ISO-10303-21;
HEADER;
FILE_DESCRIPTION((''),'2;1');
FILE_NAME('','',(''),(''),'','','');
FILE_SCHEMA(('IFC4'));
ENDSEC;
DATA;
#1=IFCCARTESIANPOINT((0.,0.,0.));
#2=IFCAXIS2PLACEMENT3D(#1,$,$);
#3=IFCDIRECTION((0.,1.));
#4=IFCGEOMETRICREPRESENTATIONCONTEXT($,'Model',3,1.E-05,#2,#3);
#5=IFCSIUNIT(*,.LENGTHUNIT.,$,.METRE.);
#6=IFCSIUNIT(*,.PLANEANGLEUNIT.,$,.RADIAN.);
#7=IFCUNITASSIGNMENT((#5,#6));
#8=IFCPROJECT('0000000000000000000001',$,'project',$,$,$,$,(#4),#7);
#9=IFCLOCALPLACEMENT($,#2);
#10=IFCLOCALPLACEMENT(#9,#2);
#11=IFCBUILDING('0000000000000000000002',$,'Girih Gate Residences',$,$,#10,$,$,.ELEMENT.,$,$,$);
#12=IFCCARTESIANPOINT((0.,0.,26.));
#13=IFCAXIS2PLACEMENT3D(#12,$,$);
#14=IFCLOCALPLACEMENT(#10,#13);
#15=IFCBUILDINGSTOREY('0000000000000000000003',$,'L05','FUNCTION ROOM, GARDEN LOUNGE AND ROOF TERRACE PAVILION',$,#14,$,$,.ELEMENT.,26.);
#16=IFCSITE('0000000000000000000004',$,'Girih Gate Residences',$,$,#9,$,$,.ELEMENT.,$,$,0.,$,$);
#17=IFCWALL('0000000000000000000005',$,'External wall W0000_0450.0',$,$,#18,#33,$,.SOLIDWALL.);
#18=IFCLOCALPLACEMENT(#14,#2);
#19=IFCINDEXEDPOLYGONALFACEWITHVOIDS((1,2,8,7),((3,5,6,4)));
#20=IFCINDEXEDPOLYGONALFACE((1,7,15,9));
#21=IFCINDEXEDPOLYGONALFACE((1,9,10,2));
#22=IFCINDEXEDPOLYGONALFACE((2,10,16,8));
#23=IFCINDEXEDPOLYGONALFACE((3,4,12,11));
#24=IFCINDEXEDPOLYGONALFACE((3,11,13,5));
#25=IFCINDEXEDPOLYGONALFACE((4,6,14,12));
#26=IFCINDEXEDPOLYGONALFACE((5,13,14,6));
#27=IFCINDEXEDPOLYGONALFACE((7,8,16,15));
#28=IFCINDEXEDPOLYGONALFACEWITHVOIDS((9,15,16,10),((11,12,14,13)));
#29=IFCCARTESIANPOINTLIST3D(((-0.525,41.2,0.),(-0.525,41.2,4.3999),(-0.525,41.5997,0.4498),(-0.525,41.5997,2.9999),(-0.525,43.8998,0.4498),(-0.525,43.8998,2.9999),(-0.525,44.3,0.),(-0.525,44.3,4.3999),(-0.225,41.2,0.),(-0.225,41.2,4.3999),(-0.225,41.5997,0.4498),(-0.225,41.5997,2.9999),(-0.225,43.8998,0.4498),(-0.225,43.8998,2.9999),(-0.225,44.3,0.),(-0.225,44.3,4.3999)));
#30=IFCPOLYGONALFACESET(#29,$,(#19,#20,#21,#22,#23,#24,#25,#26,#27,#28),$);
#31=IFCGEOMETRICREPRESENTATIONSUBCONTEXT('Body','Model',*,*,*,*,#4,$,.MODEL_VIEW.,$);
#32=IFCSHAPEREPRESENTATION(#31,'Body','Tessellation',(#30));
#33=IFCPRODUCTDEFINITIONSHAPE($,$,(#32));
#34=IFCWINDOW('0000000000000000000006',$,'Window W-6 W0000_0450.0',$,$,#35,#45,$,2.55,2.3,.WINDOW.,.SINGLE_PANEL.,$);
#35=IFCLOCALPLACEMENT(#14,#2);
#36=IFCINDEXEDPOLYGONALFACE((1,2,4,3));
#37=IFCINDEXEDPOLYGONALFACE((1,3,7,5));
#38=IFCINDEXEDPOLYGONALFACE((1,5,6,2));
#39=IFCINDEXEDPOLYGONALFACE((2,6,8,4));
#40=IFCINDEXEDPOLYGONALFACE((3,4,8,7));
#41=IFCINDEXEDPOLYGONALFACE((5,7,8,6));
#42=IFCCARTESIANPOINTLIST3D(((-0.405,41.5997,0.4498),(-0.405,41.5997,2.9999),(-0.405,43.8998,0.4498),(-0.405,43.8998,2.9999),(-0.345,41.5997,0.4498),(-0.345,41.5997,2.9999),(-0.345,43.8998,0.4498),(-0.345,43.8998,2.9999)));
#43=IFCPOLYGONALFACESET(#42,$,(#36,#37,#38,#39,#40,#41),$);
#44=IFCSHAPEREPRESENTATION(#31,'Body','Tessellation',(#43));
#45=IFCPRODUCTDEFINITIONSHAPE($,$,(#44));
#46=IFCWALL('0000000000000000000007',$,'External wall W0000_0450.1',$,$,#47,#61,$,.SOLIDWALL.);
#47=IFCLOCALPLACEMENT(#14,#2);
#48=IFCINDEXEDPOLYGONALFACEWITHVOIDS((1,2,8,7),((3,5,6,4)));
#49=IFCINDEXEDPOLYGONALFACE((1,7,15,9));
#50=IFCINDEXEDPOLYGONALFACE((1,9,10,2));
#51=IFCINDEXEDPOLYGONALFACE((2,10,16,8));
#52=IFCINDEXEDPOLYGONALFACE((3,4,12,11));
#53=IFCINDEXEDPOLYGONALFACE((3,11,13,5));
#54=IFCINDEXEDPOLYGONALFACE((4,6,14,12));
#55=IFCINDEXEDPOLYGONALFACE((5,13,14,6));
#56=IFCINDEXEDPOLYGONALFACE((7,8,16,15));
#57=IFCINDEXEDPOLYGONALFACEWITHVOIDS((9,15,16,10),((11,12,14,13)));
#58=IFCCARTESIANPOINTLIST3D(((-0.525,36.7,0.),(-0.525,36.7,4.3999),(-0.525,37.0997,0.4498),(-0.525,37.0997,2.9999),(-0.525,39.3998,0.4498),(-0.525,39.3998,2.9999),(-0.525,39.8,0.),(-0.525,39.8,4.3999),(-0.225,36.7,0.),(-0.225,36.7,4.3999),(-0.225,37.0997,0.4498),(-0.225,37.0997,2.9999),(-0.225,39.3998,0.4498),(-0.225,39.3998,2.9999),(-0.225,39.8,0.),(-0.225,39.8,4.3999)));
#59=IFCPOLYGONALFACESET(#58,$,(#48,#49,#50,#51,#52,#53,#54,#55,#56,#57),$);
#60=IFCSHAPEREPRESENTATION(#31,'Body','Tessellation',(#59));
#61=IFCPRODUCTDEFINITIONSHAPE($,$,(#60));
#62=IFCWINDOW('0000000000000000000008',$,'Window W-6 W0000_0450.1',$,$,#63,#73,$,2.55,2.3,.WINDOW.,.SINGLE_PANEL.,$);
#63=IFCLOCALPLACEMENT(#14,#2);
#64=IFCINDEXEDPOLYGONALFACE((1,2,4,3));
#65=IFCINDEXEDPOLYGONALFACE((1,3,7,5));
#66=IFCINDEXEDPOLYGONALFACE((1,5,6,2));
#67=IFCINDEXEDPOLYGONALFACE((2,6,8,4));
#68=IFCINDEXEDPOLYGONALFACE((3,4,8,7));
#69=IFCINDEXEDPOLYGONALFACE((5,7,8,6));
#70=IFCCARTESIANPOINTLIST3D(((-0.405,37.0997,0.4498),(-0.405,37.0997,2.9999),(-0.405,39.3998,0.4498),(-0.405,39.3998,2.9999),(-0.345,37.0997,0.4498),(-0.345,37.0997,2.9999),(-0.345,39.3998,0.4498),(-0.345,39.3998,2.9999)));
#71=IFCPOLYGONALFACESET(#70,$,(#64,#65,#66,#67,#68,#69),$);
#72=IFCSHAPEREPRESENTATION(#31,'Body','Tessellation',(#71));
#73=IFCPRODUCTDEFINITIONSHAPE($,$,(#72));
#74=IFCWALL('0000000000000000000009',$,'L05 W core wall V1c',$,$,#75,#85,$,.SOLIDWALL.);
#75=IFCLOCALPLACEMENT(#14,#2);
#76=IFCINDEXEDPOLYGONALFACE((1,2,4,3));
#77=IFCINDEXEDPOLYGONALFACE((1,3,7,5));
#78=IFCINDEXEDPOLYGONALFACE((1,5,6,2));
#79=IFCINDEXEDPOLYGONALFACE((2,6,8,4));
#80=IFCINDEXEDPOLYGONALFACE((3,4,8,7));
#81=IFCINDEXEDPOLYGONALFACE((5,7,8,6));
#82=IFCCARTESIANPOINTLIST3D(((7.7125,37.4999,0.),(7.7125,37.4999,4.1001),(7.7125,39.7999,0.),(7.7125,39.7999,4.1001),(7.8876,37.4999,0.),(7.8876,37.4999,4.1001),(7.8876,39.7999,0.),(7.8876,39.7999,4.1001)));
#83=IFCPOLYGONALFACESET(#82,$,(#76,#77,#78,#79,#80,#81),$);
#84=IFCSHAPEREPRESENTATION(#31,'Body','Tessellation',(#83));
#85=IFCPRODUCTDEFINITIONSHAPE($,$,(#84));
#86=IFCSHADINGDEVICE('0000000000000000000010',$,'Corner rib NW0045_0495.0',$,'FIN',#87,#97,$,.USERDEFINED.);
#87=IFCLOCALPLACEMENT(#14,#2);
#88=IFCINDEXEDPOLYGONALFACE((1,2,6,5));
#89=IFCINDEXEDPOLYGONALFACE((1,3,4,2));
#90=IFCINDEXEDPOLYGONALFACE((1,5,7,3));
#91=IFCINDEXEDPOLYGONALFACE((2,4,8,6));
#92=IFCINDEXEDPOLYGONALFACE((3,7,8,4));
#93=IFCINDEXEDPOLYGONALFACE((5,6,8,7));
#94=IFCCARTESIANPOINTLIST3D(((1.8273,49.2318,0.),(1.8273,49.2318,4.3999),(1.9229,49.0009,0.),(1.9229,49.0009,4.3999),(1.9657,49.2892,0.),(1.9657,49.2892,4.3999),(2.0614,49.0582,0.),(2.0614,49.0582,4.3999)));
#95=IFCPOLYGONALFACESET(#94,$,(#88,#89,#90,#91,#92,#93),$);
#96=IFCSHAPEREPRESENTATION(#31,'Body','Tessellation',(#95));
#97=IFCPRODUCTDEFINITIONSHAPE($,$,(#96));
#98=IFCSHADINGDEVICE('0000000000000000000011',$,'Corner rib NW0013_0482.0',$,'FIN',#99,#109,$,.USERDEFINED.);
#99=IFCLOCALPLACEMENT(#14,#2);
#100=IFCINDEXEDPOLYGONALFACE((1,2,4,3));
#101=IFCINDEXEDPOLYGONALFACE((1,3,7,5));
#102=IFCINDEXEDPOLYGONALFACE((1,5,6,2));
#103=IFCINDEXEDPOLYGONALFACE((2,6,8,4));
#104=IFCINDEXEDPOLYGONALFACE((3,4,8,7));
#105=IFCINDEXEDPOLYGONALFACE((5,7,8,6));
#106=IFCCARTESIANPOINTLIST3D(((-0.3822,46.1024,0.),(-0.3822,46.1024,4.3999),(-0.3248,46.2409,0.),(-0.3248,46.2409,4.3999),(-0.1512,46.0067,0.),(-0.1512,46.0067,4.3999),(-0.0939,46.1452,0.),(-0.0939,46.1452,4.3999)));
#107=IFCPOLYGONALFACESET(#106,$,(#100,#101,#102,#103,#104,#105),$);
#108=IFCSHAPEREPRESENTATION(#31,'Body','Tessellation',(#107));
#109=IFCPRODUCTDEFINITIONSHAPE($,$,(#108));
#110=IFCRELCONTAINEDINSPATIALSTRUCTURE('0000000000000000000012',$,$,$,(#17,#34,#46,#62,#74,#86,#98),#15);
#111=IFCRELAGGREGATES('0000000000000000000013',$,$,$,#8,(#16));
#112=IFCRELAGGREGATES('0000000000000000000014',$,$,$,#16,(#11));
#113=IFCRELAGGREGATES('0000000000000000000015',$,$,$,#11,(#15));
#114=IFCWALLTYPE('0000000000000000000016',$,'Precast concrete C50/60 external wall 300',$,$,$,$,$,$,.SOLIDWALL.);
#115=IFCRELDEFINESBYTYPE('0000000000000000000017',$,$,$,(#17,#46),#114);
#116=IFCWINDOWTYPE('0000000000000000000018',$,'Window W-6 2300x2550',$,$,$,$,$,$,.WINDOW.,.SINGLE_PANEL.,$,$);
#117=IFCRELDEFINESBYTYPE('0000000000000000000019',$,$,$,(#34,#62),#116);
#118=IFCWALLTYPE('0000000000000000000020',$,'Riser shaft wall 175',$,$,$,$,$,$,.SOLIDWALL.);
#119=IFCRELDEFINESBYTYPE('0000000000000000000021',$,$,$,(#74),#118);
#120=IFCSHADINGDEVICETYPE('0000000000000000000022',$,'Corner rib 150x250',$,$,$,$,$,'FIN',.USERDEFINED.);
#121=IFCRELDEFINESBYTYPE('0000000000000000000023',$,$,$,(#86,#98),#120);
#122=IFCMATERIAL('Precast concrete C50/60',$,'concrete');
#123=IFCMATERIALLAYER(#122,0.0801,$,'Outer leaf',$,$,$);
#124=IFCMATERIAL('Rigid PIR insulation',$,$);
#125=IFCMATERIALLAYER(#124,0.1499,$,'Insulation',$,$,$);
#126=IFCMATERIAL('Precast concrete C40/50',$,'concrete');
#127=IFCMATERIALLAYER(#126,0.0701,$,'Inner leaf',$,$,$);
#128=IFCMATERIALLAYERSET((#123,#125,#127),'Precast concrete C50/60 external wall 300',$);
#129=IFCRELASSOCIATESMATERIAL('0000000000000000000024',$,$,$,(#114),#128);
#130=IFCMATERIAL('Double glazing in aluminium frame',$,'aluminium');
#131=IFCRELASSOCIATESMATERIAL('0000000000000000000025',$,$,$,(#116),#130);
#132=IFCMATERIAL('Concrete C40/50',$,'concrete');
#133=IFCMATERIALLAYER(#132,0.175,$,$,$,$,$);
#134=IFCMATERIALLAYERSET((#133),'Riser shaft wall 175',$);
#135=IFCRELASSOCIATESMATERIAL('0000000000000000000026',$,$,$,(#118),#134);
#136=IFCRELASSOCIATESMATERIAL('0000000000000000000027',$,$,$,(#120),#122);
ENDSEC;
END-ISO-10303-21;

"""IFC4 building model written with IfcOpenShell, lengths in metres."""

from ifc_helpers import new_model, si_unit, direction, frame, frame_2d, origin, origin_2d, place, context, subcontext, project, spatial, rectangle, extrude, material, layer, layer_set, type_object, element, fill, save


model = new_model("IFC4")

# Units and contexts
model_context = context("Model", 3, precision=1e-05, world=origin(), true_north=direction((0.0, 1.0)))
body_context = subcontext(model_context, "Body", "Model", "MODEL_VIEW")
ifc_project = project(units=[si_unit("LENGTHUNIT", "METRE"), si_unit("PLANEANGLEUNIT", "RADIAN")], contexts=[model_context])

# Site, building, storey
site_placement = place(None, origin())
site = spatial("IfcSite", under=ifc_project, at=site_placement, Name="Girih Gate Residences", CompositionType="ELEMENT", RefElevation=0.0)
building_placement = place(site_placement, origin())
building = spatial("IfcBuilding", under=site, at=building_placement, Name="Girih Gate Residences", CompositionType="ELEMENT")
storey_placement = place(building_placement, frame((0.0, 0.0, 26.0)))
storey = spatial("IfcBuildingStorey", under=building, at=storey_placement, Name="L05", Description="FUNCTION ROOM, GARDEN LOUNGE AND ROOF TERRACE PAVILION", CompositionType="ELEMENT", Elevation=26.0)

# Shared definitions
ifc_material_1 = material(Name="Concrete C40/50", Category="concrete")

# Walls, openings, windows
ifc_material_2 = material(Name="Precast concrete C50/60", Category="concrete")
ifc_layer_1 = layer(ifc_material_2, 0.0801, Name="Outer leaf")
ifc_material_3 = material(Name="Rigid PIR insulation")
ifc_layer_2 = layer(ifc_material_3, 0.1499, Name="Insulation")
ifc_material_4 = material(Name="Precast concrete C40/50", Category="concrete")
ifc_layer_3 = layer(ifc_material_4, 0.0701, Name="Inner leaf")
ifc_layer_set_1 = layer_set([ifc_layer_1, ifc_layer_2, ifc_layer_3], Name="Precast concrete C50/60 external wall 300")
wall_type_1 = type_object("IfcWallType", Name="Precast concrete C50/60 external wall 300", PredefinedType="SOLIDWALL", material=ifc_layer_set_1)
ifc_material_5 = material(Name="Double glazing in aluminium frame", Category="aluminium")
window_type_1 = type_object("IfcWindowType", Name="Window W-6 2300x2550", PartitioningType="SINGLE_PANEL", PredefinedType="WINDOW", material=ifc_material_5)
wall_1_placement = place(storey_placement, frame((-0.375, 41.2, 0.0), z_axis=(0.0, 0.0, 1.0), x_axis=(0.0, 1.0, 0.0)))
wall_1 = element("IfcWall", 1, at=wall_1_placement, inside=storey, type_object=wall_type_1, Name="External wall W0000_0450.0", PredefinedType="SOLIDWALL", context=body_context, shape_type="SweptSolid", body=[
    extrude(rectangle(XDim=3.1001, YDim=0.3, at=frame_2d((1.55, 0.0))), origin(), (0.0, 0.0, 1.0), 4.3999),
])
opening_1_placement = place(wall_1_placement, frame((0.3999, 0.0, 0.45)))
opening_1 = element("IfcOpeningElement", 2, at=opening_1_placement, cuts=wall_1, PredefinedType="OPENING", context=body_context, shape_type="SweptSolid", body=[
    extrude(rectangle(XDim=2.3, YDim=2.55, at=frame_2d((1.1499, 1.2749))), frame((0.0, 0.1599, 0.0), z_axis=(0.0, -1.0, 0.0), x_axis=(1.0, 0.0, 0.0)), (0.0, 0.0, 1.0), 0.3201),
])
window_1_placement = place(opening_1_placement, origin())
window_1 = element("IfcWindow", 3, at=window_1_placement, inside=storey, type_object=window_type_1, Name="Window W-6 W0000_0450.0", OverallHeight=2.55, OverallWidth=2.3, PartitioningType="SINGLE_PANEL", PredefinedType="WINDOW", context=body_context, shape_type="SweptSolid", body=[
    extrude(rectangle(XDim=2.3, YDim=2.55, at=frame_2d((1.1499, 1.2749))), frame((0.0, 0.03, 0.0), z_axis=(0.0, -1.0, 0.0), x_axis=(1.0, 0.0, 0.0)), (0.0, 0.0, 1.0), 0.0601),
])
fill(opening_1, window_1)
wall_2_placement = place(storey_placement, frame((-0.375, 36.7, 0.0), z_axis=(0.0, 0.0, 1.0), x_axis=(0.0, 1.0, 0.0)))
wall_2 = element("IfcWall", 4, at=wall_2_placement, inside=storey, type_object=wall_type_1, Name="External wall W0000_0450.1", PredefinedType="SOLIDWALL", context=body_context, shape_type="SweptSolid", body=[
    extrude(rectangle(XDim=3.1001, YDim=0.3, at=frame_2d((1.55, 0.0))), origin(), (0.0, 0.0, 1.0), 4.3999),
])
opening_2_placement = place(wall_2_placement, frame((0.3999, 0.0, 0.45)))
opening_2 = element("IfcOpeningElement", 5, at=opening_2_placement, cuts=wall_2, PredefinedType="OPENING", context=body_context, shape_type="SweptSolid", body=[
    extrude(rectangle(XDim=2.3, YDim=2.55, at=frame_2d((1.1499, 1.2749))), frame((0.0, 0.1599, 0.0), z_axis=(0.0, -1.0, 0.0), x_axis=(1.0, 0.0, 0.0)), (0.0, 0.0, 1.0), 0.3201),
])
window_2_placement = place(opening_2_placement, origin())
window_2 = element("IfcWindow", 6, at=window_2_placement, inside=storey, type_object=window_type_1, Name="Window W-6 W0000_0450.1", OverallHeight=2.55, OverallWidth=2.3, PartitioningType="SINGLE_PANEL", PredefinedType="WINDOW", context=body_context, shape_type="SweptSolid", body=[
    extrude(rectangle(XDim=2.3, YDim=2.55, at=frame_2d((1.1499, 1.2749))), frame((0.0, 0.03, 0.0), z_axis=(0.0, -1.0, 0.0), x_axis=(1.0, 0.0, 0.0)), (0.0, 0.0, 1.0), 0.0601),
])
fill(opening_2, window_2)

# Wall
ifc_layer_4 = layer(ifc_material_1, 0.175)
ifc_layer_set_2 = layer_set([ifc_layer_4], Name="Riser shaft wall 175")
wall_type_2 = type_object("IfcWallType", Name="Riser shaft wall 175", PredefinedType="SOLIDWALL", material=ifc_layer_set_2)
wall_3_placement = place(storey_placement, frame((7.8, 37.5, 0.0), z_axis=(0.0, 0.0, 1.0), x_axis=(0.0, 1.0, 0.0)))
element("IfcWall", 7, at=wall_3_placement, inside=storey, type_object=wall_type_2, Name="L05 W core wall V1c", PredefinedType="SOLIDWALL", context=body_context, shape_type="SweptSolid", body=[
    extrude(rectangle(XDim=2.3, YDim=0.175, at=frame_2d((1.1499, 0.0))), origin(), (0.0, 0.0, 1.0), 4.1001),
])

# Shading devices
shading_device_type = type_object("IfcShadingDeviceType", Name="Corner rib 150x250", ElementType="FIN", PredefinedType="USERDEFINED", material=ifc_material_2)
for number, where, z_axis, x_axis, name in (
    (8, (1.9443, 49.145, 0.0), (0.0, 0.0, 1.0), (-0.92388, -0.382683, 0.0), "Corner rib NW0045_0495.0"),
    (9, (-0.238, 46.1238, 0.0), (0.0, 0.0, 1.0), (-0.382683, -0.92388, 0.0), "Corner rib NW0013_0482.0"),
):
    element("IfcShadingDevice", number, at=place(storey_placement, frame(where, z_axis=z_axis, x_axis=x_axis)), inside=storey, type_object=shading_device_type, Name=name, ObjectType="FIN", PredefinedType="USERDEFINED", context=body_context, shape_type="SweptSolid", body=[
        extrude(rectangle(XDim=0.1499, YDim=0.25, at=origin_2d()), origin(), (0.0, 0.0, 1.0), 4.3999),
    ])

save(model, "model.ifc")
